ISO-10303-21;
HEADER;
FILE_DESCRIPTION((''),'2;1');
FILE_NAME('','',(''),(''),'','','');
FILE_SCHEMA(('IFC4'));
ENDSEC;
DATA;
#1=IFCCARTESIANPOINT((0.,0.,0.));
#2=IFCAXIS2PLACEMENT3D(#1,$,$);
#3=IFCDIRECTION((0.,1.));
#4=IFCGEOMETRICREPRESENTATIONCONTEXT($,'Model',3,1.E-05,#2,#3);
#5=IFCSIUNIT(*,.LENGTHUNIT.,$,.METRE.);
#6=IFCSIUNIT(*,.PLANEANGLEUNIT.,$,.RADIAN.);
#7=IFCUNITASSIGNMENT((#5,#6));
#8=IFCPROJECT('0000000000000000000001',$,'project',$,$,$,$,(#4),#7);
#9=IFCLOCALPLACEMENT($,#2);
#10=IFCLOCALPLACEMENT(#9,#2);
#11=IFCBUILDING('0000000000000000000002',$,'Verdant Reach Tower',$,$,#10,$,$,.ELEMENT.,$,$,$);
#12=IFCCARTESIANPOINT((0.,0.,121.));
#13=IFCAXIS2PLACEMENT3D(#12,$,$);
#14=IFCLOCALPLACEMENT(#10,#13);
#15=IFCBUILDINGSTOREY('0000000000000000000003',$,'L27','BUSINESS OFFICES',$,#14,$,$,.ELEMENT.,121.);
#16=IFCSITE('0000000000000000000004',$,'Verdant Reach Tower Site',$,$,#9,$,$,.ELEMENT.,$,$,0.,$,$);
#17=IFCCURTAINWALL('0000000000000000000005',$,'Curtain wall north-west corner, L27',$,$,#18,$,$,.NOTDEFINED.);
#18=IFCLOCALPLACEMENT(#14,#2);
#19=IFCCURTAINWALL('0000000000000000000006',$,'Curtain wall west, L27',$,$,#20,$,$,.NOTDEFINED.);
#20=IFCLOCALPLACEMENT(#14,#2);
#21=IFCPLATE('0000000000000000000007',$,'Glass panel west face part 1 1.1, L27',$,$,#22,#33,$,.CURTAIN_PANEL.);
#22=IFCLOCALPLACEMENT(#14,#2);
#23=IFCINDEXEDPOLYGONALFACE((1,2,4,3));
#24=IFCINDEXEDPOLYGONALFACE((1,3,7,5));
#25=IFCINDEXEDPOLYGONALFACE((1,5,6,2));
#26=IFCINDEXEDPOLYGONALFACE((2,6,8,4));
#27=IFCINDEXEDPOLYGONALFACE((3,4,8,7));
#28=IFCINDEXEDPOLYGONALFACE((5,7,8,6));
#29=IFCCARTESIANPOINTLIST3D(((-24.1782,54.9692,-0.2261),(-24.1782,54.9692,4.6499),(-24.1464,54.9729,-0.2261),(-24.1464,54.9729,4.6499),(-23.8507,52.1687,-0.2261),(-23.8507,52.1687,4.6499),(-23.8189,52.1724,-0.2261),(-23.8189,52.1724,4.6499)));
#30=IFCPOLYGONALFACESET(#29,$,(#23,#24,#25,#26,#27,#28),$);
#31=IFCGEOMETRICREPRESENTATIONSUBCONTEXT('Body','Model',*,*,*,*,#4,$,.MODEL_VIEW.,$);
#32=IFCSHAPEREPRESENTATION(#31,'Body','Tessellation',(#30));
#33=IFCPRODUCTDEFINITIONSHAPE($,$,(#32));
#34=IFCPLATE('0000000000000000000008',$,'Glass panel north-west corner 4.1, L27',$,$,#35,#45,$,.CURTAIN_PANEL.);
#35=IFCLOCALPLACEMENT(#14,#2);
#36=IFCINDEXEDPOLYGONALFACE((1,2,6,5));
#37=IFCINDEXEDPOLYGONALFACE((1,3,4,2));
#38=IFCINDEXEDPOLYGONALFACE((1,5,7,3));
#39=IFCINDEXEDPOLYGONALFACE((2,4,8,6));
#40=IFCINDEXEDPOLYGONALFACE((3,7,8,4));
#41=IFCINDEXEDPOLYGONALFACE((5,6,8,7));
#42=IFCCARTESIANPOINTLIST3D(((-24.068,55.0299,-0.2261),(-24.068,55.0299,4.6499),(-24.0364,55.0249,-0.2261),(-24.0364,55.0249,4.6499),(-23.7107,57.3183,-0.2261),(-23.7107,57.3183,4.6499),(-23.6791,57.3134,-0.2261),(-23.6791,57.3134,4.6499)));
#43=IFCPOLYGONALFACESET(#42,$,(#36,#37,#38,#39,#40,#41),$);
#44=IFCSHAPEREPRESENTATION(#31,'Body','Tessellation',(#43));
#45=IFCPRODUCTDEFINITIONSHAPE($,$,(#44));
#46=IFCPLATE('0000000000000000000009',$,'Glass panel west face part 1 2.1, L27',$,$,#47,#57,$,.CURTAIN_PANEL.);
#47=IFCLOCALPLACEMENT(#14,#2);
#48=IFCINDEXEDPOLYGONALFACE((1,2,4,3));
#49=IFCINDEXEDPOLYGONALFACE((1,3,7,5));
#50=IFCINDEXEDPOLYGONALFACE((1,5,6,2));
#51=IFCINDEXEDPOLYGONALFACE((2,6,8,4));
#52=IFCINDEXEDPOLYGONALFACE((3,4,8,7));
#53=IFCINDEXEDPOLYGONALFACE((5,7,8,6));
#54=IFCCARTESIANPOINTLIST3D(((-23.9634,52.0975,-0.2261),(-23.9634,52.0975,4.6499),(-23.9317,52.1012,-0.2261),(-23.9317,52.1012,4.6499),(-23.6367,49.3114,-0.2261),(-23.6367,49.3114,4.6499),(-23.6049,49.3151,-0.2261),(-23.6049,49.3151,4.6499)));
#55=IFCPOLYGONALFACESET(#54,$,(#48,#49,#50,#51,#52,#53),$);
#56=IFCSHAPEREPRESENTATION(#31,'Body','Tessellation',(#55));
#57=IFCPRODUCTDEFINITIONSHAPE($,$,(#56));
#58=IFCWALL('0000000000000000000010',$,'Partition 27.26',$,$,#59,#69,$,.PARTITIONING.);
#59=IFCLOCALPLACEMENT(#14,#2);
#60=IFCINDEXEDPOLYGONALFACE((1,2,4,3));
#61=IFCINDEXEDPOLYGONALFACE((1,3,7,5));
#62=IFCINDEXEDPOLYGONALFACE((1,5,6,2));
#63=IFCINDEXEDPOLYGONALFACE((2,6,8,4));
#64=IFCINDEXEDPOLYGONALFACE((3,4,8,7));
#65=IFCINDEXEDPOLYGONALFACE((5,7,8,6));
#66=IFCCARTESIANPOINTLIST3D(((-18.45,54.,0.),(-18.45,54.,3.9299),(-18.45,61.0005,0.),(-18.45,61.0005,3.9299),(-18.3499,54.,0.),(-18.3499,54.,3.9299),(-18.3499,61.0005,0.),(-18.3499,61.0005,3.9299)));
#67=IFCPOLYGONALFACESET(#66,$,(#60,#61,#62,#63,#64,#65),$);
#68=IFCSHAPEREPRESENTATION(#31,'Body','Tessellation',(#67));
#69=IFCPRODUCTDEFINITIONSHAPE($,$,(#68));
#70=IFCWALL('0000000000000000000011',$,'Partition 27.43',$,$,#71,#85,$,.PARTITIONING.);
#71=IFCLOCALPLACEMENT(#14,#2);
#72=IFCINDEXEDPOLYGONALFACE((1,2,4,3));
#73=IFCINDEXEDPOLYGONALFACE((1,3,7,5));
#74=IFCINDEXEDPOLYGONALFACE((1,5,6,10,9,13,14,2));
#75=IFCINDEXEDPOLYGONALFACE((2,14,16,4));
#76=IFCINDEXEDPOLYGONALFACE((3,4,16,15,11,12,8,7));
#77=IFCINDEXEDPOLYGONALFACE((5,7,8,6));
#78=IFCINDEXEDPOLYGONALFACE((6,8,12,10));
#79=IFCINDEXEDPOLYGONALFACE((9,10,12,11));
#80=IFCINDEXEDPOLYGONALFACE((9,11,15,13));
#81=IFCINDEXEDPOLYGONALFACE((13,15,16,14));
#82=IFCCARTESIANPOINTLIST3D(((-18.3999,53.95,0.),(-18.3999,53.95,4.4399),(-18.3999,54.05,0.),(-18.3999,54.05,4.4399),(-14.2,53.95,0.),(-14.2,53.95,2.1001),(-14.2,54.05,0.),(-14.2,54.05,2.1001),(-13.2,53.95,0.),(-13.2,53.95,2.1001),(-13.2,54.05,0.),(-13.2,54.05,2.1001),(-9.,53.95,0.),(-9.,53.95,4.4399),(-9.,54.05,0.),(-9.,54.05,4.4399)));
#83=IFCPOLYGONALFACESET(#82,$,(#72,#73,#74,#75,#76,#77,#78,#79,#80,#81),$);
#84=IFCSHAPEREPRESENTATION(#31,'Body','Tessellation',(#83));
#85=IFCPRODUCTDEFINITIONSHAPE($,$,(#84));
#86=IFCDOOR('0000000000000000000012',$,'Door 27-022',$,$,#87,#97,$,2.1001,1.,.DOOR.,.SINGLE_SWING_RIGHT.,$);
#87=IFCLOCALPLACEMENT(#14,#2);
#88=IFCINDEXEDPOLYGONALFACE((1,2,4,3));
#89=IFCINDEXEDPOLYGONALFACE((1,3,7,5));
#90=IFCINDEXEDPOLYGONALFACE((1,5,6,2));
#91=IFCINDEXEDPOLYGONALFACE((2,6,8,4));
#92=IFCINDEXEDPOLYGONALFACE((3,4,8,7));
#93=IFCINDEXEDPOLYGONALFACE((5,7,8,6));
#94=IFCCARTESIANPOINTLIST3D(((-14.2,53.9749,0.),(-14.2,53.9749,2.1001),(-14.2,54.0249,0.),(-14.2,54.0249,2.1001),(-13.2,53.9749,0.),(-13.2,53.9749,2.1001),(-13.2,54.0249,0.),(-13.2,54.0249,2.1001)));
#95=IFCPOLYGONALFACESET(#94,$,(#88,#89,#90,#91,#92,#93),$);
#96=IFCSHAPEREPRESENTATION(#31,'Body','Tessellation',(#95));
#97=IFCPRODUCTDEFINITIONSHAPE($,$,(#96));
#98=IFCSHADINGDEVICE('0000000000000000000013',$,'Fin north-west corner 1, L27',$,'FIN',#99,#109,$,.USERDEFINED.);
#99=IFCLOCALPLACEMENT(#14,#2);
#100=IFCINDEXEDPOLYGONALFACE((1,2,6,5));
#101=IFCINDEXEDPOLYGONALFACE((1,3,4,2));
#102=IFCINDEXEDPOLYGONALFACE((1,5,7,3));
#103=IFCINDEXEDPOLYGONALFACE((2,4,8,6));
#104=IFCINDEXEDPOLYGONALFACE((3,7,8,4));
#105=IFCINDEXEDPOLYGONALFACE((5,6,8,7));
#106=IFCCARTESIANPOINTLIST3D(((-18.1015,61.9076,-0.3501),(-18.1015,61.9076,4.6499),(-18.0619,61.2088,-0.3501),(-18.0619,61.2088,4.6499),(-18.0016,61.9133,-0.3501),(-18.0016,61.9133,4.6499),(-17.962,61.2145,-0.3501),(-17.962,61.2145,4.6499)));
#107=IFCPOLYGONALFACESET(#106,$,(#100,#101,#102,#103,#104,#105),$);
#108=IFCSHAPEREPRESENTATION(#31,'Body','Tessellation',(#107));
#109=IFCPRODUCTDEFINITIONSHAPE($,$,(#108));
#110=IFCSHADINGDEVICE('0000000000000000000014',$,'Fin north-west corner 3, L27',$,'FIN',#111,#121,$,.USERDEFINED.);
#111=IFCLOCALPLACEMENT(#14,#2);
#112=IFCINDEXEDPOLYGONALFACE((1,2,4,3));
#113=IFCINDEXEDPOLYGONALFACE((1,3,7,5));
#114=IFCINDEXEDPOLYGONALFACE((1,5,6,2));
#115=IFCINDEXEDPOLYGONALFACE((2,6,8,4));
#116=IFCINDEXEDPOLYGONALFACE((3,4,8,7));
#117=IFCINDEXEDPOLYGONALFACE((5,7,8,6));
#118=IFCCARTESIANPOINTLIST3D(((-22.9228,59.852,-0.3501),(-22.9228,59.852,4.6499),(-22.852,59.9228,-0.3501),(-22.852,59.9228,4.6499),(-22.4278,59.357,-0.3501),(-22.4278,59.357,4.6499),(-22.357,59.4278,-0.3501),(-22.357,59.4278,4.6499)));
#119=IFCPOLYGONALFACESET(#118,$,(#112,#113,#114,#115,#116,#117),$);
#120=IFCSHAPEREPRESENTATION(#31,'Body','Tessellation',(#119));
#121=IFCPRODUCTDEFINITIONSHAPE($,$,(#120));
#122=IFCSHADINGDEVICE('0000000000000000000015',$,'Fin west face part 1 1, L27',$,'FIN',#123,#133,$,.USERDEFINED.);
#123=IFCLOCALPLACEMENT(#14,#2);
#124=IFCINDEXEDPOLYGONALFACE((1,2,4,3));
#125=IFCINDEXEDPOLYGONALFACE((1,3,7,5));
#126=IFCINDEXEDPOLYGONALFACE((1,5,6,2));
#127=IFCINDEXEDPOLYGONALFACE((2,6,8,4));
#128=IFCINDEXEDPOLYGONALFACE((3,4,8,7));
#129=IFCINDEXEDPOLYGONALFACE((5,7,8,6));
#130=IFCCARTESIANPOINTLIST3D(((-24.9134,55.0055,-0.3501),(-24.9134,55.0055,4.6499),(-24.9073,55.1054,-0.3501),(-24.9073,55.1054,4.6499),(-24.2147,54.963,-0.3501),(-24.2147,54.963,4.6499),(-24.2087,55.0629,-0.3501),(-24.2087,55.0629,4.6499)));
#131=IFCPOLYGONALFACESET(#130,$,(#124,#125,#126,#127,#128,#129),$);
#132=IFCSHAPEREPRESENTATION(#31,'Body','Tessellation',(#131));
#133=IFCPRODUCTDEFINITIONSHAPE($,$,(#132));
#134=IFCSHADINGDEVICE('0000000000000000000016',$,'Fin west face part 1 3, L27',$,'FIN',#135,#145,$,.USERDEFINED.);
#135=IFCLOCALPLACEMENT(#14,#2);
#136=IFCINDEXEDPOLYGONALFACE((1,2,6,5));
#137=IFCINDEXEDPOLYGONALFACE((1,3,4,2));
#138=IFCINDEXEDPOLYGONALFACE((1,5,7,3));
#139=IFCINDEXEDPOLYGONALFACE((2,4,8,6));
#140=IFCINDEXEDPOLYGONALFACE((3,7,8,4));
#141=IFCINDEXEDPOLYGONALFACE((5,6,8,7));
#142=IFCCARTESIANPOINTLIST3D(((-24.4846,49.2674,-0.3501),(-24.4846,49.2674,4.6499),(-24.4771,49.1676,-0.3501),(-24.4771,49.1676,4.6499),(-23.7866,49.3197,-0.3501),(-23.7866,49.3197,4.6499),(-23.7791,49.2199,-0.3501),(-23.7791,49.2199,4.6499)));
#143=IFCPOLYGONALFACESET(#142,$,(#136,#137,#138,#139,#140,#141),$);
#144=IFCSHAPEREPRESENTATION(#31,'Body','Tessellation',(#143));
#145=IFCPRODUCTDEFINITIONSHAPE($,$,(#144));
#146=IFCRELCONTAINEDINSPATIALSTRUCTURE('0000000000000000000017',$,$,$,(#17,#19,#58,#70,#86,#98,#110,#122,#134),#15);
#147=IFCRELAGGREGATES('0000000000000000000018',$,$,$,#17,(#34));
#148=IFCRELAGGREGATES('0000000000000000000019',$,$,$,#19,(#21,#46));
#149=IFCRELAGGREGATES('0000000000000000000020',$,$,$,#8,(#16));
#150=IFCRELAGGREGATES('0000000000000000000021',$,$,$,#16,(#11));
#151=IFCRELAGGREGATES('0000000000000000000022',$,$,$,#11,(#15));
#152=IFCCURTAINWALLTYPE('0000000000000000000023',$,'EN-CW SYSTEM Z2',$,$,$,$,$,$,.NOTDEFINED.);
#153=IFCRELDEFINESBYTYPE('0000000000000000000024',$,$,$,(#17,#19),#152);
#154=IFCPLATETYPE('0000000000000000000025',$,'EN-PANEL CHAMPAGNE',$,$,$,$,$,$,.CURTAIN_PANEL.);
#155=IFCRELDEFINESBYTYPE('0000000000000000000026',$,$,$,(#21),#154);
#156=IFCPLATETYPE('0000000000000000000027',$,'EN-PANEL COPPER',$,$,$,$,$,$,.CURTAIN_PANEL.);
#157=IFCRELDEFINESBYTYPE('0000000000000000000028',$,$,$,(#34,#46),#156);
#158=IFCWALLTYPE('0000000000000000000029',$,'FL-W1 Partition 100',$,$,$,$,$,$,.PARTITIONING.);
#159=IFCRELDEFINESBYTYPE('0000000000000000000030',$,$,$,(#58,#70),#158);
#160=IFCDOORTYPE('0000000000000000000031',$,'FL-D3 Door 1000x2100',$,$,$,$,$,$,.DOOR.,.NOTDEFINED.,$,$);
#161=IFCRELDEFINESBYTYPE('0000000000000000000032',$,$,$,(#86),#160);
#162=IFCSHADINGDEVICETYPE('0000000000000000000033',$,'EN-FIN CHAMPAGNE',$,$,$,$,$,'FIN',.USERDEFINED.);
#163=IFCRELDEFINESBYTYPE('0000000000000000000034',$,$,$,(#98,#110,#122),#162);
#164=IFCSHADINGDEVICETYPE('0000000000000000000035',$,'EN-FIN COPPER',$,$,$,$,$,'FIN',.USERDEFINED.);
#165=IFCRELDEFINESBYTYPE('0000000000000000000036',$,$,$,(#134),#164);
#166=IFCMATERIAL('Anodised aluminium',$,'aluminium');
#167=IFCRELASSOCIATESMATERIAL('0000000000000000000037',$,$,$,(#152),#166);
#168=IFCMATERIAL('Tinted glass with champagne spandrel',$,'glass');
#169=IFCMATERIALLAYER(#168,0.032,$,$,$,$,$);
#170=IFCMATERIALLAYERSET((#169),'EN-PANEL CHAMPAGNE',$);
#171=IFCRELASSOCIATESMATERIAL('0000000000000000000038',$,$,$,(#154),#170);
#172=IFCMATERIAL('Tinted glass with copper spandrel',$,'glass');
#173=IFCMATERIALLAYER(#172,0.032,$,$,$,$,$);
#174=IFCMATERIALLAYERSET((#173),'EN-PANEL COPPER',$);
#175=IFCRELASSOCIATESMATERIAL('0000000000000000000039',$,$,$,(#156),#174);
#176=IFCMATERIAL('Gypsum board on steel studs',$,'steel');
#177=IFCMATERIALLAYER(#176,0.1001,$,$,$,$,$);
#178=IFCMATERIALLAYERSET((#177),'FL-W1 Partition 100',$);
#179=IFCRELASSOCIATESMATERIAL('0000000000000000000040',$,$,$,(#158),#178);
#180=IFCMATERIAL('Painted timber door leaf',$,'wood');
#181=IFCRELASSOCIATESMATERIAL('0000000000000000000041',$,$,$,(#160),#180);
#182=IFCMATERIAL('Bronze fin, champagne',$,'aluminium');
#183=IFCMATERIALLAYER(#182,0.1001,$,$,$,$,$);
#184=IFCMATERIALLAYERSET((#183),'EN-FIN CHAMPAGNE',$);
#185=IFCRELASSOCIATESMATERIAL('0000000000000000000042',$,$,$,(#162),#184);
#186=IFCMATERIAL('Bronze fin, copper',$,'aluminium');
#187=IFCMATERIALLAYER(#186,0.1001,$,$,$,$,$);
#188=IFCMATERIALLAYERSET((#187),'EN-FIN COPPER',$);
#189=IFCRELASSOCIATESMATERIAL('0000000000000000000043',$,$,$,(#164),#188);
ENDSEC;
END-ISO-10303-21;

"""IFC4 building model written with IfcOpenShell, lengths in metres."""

from ifc_helpers import new_model, si_unit, direction, frame, frame_2d, origin, origin_2d, place, context, subcontext, project, spatial, rectangle, extrude, material, layer, layer_set, type_object, element, fill, aggregate, save


model = new_model("IFC4")

# Units and contexts
model_context = context("Model", 3, precision=1e-05, world=origin(), true_north=direction((0.0, 1.0)))
body_context = subcontext(model_context, "Body", "Model", "MODEL_VIEW")
ifc_project = project(units=[si_unit("LENGTHUNIT", "METRE"), si_unit("PLANEANGLEUNIT", "RADIAN")], contexts=[model_context])

# Site, building, storey
site_placement = place(None, origin())
site = spatial("IfcSite", under=ifc_project, at=site_placement, Name="Verdant Reach Tower Site", CompositionType="ELEMENT", RefElevation=0.0)
building_placement = place(site_placement, origin())
building = spatial("IfcBuilding", under=site, at=building_placement, Name="Verdant Reach Tower", CompositionType="ELEMENT")
storey_placement = place(building_placement, frame((0.0, 0.0, 121.0)))
storey = spatial("IfcBuildingStorey", under=building, at=storey_placement, Name="L27", Description="BUSINESS OFFICES", CompositionType="ELEMENT", Elevation=121.0)

# Curtain walls
ifc_material_1 = material(Name="Anodised aluminium", Category="aluminium")
curtain_wall_type = type_object("IfcCurtainWallType", Name="EN-CW SYSTEM Z2", PredefinedType="NOTDEFINED", material=ifc_material_1)
curtain_wall_1_placement = place(storey_placement, origin())
curtain_wall_1 = element("IfcCurtainWall", 1, at=curtain_wall_1_placement, inside=storey, type_object=curtain_wall_type, Name="Curtain wall north-west corner, L27", PredefinedType="NOTDEFINED")
curtain_wall_2_placement = place(storey_placement, origin())
curtain_wall_2 = element("IfcCurtainWall", 2, at=curtain_wall_2_placement, inside=storey, type_object=curtain_wall_type, Name="Curtain wall west, L27", PredefinedType="NOTDEFINED")

# Plates
ifc_material_2 = material(Name="Tinted glass with champagne spandrel", Category="glass")
ifc_layer_1 = layer(ifc_material_2, 0.032)
ifc_layer_set_1 = layer_set([ifc_layer_1], Name="EN-PANEL CHAMPAGNE")
plate_type_1 = type_object("IfcPlateType", Name="EN-PANEL CHAMPAGNE", PredefinedType="CURTAIN_PANEL", material=ifc_layer_set_1)
plate_1_placement = place(storey_placement, frame((-23.9985, 53.5708, -0.2261), z_axis=(0.0, 0.0, 1.0), x_axis=(0.116147, -0.993232, 0.0)))
plate_1 = element("IfcPlate", 3, at=plate_1_placement, type_object=plate_type_1, Name="Glass panel west face part 1 1.1, L27", PredefinedType="CURTAIN_PANEL", context=body_context, shape_type="SweptSolid", body=[
    extrude(rectangle(XDim=2.8196, YDim=0.032, at=origin_2d()), origin(), (0.0, 0.0, 1.0), 4.876),
])
ifc_material_3 = material(Name="Tinted glass with copper spandrel", Category="glass")
ifc_layer_2 = layer(ifc_material_3, 0.032)
ifc_layer_set_2 = layer_set([ifc_layer_2], Name="EN-PANEL COPPER")
plate_type_2 = type_object("IfcPlateType", Name="EN-PANEL COPPER", PredefinedType="CURTAIN_PANEL", material=ifc_layer_set_2)
plate_2_placement = place(storey_placement, frame((-23.8735, 56.1716, -0.2261), z_axis=(0.0, 0.0, 1.0), x_axis=(-0.154281, -0.988027, 0.0)))
plate_2 = element("IfcPlate", 4, at=plate_2_placement, type_object=plate_type_2, Name="Glass panel north-west corner 4.1, L27", PredefinedType="CURTAIN_PANEL", context=body_context, shape_type="SweptSolid", body=[
    extrude(rectangle(XDim=2.3162, YDim=0.032, at=origin_2d()), origin(), (0.0, 0.0, 1.0), 4.876),
])
aggregate(curtain_wall_1, [plate_2])
plate_3_placement = place(storey_placement, frame((-23.7842, 50.7063, -0.2261), z_axis=(0.0, 0.0, 1.0), x_axis=(0.116483, -0.993193, 0.0)))
plate_3 = element("IfcPlate", 5, at=plate_3_placement, type_object=plate_type_2, Name="Glass panel west face part 1 2.1, L27", PredefinedType="CURTAIN_PANEL", context=body_context, shape_type="SweptSolid", body=[
    extrude(rectangle(XDim=2.8052, YDim=0.032, at=origin_2d()), origin(), (0.0, 0.0, 1.0), 4.876),
])
aggregate(curtain_wall_2, [plate_1, plate_3])

# Wall
ifc_material_4 = material(Name="Gypsum board on steel studs", Category="steel")
ifc_layer_3 = layer(ifc_material_4, 0.1001)
ifc_layer_set_3 = layer_set([ifc_layer_3], Name="FL-W1 Partition 100")
wall_type = type_object("IfcWallType", Name="FL-W1 Partition 100", PredefinedType="PARTITIONING", material=ifc_layer_set_3)
wall_1_placement = place(storey_placement, frame((-18.3999, 54.0, 0.0), z_axis=(0.0, 0.0, 1.0), x_axis=(0.0, 1.0, 0.0)))
element("IfcWall", 6, at=wall_1_placement, inside=storey, type_object=wall_type, Name="Partition 27.26", PredefinedType="PARTITIONING", context=body_context, shape_type="SweptSolid", body=[
    extrude(rectangle(XDim=7.0005, YDim=0.1001, at=frame_2d((3.5002, 0.0))), origin(), (0.0, 0.0, 1.0), 3.9299),
])

# Wall, opening, door
wall_2_placement = place(storey_placement, frame((-18.3999, 54.0, 0.0), z_axis=(0.0, 0.0, 1.0), x_axis=(1.0, 0.0, 0.0)))
wall_2 = element("IfcWall", 7, at=wall_2_placement, inside=storey, type_object=wall_type, Name="Partition 27.43", PredefinedType="PARTITIONING", context=body_context, shape_type="SweptSolid", body=[
    extrude(rectangle(XDim=9.3999, YDim=0.1001, at=frame_2d((4.7, 0.0))), origin(), (0.0, 0.0, 1.0), 4.4399),
])
opening_placement = place(wall_2_placement, frame((4.2, 0.0, 0.0)))
opening = element("IfcOpeningElement", 8, at=opening_placement, cuts=wall_2, PredefinedType="OPENING", context=body_context, shape_type="SweptSolid", body=[
    extrude(rectangle(XDim=1.0, YDim=2.1001, at=frame_2d((0.5, 1.05))), frame((0.0, 0.0601, 0.0), z_axis=(0.0, -1.0, 0.0), x_axis=(1.0, 0.0, 0.0)), (0.0, 0.0, 1.0), 0.1201),
])
ifc_material_5 = material(Name="Painted timber door leaf", Category="wood")
door_type = type_object("IfcDoorType", Name="FL-D3 Door 1000x2100", OperationType="NOTDEFINED", PredefinedType="DOOR", material=ifc_material_5)
door_placement = place(opening_placement, origin())
door = element("IfcDoor", 9, at=door_placement, inside=storey, type_object=door_type, Name="Door 27-022", OperationType="SINGLE_SWING_RIGHT", OverallHeight=2.1001, OverallWidth=1.0, PredefinedType="DOOR", context=body_context, shape_type="SweptSolid", body=[
    extrude(rectangle(XDim=1.0, YDim=2.1001, at=frame_2d((0.5, 1.05))), frame((0.0, 0.0249, 0.0), z_axis=(0.0, -1.0, 0.0), x_axis=(1.0, 0.0, 0.0)), (0.0, 0.0, 1.0), 0.05),
])
fill(opening, door)

# Shading devices
ifc_material_6 = material(Name="Bronze fin, champagne", Category="aluminium")
ifc_layer_4 = layer(ifc_material_6, 0.1001)
ifc_layer_set_4 = layer_set([ifc_layer_4], Name="EN-FIN CHAMPAGNE")
shading_device_type_1 = type_object("IfcShadingDeviceType", Name="EN-FIN CHAMPAGNE", ElementType="FIN", PredefinedType="USERDEFINED", material=ifc_layer_set_4)
for number, where, z_axis, x_axis, name in (
    (10, (-18.0317, 61.561, -0.3501), (0.0, 0.0, 1.0), (-0.998399, -0.056569, 0.0), "Fin north-west corner 1, L27"),
    (11, (-22.6399, 59.6399, -0.3501), (0.0, 0.0, 1.0), (-0.707107, -0.707107, 0.0), "Fin north-west corner 3, L27"),
    (12, (-24.561, 55.0342, -0.3501), (0.0, 0.0, 1.0), (-0.060703, -0.998156, 0.0), "Fin west face part 1 1, L27"),
):
    element("IfcShadingDevice", number, at=place(storey_placement, frame(where, z_axis=z_axis, x_axis=x_axis)), inside=storey, type_object=shading_device_type_1, Name=name, ObjectType="FIN", PredefinedType="USERDEFINED", context=body_context, shape_type="SweptSolid", body=[
        extrude(rectangle(XDim=0.1001, YDim=0.7, at=origin_2d()), origin(), (0.0, 0.0, 1.0), 5.0),
    ])
ifc_material_7 = material(Name="Bronze fin, copper", Category="aluminium")
ifc_layer_5 = layer(ifc_material_7, 0.1001)
ifc_layer_set_5 = layer_set([ifc_layer_5], Name="EN-FIN COPPER")
shading_device_type_2 = type_object("IfcShadingDeviceType", Name="EN-FIN COPPER", ElementType="FIN", PredefinedType="USERDEFINED", material=ifc_layer_set_5)
shading_device_placement = place(storey_placement, frame((-24.1318, 49.2437, -0.3501), z_axis=(0.0, 0.0, 1.0), x_axis=(0.07479, -0.997199, 0.0)))
element("IfcShadingDevice", 13, at=shading_device_placement, inside=storey, type_object=shading_device_type_2, Name="Fin west face part 1 3, L27", ObjectType="FIN", PredefinedType="USERDEFINED", context=body_context, shape_type="SweptSolid", body=[
    extrude(rectangle(XDim=0.1001, YDim=0.7, at=origin_2d()), origin(), (0.0, 0.0, 1.0), 5.0),
])

save(model, "model.ifc")
